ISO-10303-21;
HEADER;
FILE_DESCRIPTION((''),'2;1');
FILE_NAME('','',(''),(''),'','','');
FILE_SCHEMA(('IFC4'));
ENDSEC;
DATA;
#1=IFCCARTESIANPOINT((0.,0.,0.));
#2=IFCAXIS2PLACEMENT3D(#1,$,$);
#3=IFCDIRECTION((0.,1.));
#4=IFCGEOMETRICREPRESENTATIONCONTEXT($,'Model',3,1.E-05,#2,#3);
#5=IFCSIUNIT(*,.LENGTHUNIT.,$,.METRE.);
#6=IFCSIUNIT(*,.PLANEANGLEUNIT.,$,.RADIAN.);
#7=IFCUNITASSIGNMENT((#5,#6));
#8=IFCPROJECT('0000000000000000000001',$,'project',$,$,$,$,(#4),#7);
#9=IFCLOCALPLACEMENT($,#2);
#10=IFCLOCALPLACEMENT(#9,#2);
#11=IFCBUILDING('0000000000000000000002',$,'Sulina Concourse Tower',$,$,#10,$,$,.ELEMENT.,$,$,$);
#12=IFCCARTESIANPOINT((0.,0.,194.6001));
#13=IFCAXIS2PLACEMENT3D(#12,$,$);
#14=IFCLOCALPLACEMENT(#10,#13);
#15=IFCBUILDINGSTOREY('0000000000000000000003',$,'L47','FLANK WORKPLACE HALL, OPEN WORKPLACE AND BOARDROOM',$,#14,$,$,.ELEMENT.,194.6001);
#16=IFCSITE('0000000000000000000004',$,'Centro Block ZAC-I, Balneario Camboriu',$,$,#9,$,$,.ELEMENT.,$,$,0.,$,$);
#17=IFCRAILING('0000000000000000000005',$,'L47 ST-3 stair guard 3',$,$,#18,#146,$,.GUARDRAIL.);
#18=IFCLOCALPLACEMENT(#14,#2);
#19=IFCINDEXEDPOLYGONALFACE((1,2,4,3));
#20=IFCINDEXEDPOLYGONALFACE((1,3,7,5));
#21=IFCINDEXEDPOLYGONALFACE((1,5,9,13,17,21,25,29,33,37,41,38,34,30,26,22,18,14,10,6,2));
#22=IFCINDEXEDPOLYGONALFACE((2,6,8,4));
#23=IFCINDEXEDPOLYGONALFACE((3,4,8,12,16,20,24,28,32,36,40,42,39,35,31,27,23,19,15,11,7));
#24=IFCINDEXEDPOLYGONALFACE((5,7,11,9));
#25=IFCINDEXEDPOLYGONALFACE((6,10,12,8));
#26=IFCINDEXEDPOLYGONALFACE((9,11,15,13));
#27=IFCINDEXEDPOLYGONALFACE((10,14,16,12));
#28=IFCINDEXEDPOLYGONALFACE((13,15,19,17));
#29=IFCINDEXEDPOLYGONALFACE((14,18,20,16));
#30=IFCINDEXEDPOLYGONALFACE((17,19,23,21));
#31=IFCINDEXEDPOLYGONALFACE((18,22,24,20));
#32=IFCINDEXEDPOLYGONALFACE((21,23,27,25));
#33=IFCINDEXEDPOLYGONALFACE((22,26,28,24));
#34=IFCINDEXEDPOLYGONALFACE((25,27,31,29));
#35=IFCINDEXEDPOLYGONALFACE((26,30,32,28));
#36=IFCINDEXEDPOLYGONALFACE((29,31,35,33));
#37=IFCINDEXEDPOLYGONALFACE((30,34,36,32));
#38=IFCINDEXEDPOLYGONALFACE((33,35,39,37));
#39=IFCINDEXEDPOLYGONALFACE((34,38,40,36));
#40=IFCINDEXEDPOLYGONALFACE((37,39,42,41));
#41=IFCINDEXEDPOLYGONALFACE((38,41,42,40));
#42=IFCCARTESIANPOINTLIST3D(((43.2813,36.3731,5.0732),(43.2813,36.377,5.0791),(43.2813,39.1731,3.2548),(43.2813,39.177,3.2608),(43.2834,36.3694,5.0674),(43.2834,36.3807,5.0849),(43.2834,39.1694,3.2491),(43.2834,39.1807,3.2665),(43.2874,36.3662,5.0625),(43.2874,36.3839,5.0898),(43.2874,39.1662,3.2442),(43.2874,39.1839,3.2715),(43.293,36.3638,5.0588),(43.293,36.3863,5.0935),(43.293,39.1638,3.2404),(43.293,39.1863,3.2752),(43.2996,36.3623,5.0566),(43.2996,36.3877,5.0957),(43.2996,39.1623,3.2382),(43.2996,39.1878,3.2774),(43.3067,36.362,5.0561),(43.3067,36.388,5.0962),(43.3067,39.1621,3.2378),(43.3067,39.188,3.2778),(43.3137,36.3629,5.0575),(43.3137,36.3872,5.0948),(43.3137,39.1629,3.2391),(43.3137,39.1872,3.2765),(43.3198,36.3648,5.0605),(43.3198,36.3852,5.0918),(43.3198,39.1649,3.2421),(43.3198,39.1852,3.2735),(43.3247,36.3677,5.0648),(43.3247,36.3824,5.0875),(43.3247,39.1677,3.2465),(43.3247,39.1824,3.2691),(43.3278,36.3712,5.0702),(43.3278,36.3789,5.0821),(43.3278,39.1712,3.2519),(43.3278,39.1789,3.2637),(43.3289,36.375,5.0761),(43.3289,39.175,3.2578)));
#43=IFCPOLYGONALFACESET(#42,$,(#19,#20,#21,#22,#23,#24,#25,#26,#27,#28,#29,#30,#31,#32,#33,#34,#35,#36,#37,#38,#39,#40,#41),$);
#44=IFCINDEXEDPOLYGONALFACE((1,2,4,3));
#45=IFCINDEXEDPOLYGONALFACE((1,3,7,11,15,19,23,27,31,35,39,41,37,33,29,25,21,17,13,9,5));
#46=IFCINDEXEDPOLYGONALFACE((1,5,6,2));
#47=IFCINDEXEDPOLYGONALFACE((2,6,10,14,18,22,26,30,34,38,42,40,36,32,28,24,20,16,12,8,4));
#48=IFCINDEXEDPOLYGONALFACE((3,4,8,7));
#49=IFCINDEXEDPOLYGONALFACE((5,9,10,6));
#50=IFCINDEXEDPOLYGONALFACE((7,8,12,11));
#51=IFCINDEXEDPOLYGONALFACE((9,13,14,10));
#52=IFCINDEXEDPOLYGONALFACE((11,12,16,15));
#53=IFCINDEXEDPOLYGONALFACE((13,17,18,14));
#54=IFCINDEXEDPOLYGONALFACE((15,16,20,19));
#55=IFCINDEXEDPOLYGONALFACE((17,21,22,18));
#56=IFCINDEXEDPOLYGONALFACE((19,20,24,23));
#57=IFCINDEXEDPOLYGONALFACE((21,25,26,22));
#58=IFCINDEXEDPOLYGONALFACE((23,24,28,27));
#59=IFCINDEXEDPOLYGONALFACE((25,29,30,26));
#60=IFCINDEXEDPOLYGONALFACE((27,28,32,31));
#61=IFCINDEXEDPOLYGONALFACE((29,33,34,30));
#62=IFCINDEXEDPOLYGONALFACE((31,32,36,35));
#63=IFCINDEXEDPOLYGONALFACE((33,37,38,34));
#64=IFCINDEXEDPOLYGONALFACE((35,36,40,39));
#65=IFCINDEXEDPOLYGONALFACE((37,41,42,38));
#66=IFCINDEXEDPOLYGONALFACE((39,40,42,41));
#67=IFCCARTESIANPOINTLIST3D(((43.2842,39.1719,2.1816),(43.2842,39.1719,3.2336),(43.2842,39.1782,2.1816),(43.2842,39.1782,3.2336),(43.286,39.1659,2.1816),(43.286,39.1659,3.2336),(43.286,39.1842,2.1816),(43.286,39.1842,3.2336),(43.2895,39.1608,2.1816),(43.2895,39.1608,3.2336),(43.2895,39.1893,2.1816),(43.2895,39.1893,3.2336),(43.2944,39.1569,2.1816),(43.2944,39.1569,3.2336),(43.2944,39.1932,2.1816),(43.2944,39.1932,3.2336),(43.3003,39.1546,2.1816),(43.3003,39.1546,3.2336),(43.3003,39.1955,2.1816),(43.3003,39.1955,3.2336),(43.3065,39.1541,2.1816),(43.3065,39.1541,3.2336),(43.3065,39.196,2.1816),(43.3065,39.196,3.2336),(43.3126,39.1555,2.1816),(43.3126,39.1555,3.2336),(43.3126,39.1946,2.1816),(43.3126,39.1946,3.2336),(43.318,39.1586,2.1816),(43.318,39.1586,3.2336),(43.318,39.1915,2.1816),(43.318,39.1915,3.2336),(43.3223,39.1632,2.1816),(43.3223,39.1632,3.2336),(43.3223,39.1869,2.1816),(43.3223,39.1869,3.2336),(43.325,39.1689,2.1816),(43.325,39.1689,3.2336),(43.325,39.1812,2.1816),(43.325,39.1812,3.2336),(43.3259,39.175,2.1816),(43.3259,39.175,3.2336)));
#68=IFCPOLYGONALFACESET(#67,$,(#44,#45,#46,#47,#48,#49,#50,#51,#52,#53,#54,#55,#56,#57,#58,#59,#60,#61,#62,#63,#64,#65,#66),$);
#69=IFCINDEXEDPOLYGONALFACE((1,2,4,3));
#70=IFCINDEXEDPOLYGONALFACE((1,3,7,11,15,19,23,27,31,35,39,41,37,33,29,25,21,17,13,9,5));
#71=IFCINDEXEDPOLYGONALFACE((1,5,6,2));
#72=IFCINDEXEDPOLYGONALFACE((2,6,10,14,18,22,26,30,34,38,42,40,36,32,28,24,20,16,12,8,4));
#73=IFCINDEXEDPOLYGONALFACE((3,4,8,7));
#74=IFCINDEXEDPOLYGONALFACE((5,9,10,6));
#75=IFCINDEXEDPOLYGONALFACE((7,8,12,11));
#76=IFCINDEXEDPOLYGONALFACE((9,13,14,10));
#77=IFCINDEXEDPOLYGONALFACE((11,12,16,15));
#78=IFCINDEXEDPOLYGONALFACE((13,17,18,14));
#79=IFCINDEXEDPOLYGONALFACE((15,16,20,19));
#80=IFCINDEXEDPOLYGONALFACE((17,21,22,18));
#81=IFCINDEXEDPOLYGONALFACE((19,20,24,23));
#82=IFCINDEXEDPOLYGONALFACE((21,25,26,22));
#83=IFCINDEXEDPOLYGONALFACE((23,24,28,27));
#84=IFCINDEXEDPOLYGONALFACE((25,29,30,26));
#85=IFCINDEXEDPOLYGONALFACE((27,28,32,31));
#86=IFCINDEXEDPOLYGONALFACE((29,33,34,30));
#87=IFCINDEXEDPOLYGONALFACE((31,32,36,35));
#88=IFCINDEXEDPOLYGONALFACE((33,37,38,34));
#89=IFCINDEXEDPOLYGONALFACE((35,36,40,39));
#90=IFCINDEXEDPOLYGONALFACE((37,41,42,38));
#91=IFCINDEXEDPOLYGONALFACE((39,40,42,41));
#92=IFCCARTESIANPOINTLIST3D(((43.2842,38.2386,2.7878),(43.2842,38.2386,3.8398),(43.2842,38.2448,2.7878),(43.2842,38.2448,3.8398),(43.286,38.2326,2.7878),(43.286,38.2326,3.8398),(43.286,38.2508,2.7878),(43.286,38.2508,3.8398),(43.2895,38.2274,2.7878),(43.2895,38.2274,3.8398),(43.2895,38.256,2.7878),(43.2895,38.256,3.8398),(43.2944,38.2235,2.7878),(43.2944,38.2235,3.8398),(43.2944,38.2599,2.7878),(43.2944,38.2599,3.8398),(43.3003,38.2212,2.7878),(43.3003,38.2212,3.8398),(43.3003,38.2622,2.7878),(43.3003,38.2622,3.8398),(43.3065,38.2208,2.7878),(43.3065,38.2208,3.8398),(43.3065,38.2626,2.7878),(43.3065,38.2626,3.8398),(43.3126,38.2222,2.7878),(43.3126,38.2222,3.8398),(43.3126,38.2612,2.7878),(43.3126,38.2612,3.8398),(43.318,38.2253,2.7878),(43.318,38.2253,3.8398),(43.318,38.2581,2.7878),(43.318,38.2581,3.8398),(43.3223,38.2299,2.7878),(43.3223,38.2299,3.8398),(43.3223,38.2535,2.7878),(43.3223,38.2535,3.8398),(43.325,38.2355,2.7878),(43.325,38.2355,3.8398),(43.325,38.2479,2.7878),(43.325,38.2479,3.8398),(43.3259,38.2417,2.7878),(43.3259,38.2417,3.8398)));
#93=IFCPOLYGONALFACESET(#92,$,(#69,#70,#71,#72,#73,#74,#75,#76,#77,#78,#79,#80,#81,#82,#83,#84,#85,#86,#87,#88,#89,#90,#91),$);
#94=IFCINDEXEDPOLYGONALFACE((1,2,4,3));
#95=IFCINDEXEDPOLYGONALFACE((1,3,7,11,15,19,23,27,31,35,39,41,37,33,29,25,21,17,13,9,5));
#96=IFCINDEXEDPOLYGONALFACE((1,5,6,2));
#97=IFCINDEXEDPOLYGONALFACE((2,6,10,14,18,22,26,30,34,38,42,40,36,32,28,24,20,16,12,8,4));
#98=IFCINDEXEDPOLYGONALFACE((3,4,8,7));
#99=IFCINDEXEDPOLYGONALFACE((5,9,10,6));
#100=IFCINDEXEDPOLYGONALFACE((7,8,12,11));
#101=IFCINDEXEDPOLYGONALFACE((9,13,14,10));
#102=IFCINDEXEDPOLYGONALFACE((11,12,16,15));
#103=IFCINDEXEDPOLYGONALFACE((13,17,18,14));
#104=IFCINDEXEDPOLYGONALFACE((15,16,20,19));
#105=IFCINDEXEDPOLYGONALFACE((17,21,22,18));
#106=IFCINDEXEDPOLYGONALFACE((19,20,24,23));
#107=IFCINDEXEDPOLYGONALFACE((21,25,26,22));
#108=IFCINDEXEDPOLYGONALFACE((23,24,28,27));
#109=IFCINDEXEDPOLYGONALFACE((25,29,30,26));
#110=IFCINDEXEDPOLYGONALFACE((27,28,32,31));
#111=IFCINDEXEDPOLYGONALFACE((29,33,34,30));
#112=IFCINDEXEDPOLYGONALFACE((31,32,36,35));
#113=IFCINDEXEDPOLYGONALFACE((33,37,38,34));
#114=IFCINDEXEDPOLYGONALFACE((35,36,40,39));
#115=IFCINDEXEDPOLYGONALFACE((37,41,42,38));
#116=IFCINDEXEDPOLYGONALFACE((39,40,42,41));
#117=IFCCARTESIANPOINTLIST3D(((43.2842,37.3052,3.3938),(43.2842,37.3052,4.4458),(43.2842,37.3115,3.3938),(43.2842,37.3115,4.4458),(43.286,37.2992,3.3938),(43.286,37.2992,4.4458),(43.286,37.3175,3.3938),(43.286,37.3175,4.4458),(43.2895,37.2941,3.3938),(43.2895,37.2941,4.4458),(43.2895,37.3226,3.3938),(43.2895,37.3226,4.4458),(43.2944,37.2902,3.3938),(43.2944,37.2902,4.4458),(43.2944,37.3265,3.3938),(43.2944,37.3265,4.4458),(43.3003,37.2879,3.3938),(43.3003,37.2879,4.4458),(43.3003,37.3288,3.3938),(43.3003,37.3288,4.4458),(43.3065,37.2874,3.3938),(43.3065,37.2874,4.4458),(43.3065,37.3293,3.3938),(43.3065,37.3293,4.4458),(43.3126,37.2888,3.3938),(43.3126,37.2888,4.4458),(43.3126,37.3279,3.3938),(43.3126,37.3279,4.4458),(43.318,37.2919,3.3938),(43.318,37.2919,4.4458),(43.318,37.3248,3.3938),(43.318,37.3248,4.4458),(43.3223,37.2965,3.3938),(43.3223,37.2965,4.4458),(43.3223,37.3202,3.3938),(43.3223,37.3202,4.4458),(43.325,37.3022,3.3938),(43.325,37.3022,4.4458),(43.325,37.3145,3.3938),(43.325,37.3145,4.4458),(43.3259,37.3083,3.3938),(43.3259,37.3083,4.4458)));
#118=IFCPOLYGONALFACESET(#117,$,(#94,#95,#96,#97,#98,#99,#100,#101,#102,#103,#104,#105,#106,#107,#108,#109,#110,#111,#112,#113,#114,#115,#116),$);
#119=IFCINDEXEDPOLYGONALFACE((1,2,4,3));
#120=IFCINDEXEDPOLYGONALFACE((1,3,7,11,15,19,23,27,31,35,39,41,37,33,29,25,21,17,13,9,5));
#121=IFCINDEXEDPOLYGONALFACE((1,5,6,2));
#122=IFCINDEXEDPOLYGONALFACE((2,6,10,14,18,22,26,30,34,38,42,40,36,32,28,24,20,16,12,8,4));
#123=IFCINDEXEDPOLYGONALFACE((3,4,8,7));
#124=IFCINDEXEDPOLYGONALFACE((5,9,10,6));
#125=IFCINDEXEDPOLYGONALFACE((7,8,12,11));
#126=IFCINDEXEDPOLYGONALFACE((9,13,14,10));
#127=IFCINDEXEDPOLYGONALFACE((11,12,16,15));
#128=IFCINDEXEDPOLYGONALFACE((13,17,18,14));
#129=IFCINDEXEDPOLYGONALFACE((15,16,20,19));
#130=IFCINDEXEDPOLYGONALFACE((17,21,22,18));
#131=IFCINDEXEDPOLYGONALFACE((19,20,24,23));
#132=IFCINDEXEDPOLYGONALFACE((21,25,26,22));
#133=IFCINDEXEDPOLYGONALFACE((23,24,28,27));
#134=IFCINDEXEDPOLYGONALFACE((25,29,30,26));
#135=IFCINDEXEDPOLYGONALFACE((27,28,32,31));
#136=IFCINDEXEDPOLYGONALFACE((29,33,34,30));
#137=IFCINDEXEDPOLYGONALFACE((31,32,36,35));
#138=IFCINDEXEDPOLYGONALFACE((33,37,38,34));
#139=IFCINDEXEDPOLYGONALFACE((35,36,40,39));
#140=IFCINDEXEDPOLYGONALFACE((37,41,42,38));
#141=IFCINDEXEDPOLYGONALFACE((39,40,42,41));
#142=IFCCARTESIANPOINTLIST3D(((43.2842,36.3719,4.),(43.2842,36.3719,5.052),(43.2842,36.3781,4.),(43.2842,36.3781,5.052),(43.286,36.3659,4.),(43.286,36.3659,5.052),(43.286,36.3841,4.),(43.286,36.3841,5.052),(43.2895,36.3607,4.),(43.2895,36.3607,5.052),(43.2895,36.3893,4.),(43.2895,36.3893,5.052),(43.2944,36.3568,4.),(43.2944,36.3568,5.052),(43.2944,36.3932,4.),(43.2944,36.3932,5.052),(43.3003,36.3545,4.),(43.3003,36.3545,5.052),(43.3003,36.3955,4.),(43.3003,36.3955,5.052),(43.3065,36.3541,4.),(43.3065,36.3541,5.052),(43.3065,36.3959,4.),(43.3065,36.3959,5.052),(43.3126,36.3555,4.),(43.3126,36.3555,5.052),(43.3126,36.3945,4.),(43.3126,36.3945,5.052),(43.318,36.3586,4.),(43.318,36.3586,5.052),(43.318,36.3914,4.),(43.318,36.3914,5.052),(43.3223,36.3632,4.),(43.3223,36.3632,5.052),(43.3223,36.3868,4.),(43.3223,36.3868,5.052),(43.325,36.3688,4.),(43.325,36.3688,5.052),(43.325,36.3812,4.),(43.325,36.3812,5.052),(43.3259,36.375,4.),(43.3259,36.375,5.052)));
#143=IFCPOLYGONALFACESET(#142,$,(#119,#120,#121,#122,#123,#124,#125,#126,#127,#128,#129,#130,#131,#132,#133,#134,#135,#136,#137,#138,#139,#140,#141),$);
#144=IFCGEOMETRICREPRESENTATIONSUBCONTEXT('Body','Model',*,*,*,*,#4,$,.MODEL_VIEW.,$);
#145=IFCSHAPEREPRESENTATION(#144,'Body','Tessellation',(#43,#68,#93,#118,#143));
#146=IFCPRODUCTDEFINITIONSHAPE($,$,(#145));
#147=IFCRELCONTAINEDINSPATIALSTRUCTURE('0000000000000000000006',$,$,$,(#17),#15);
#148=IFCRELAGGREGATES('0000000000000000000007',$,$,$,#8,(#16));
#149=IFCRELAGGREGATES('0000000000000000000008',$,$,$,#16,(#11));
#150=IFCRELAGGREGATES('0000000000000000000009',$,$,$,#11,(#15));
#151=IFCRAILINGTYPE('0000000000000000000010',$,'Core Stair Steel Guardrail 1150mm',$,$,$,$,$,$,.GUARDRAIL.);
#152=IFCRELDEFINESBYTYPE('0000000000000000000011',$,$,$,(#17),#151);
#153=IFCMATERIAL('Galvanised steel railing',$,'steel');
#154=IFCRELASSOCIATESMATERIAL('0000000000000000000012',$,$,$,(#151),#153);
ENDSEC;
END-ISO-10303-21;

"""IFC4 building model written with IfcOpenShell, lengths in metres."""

from ifc_helpers import new_model, si_unit, direction, frame, origin, origin_2d, place, context, subcontext, project, spatial, circle, extrude, material, type_object, element, save


model = new_model("IFC4")

# Units and contexts
model_context = context("Model", 3, precision=1e-05, world=origin(), true_north=direction((0.0, 1.0)))
body_context = subcontext(model_context, "Body", "Model", "MODEL_VIEW")
ifc_project = project(units=[si_unit("LENGTHUNIT", "METRE"), si_unit("PLANEANGLEUNIT", "RADIAN")], contexts=[model_context])

# Site, building, storey
site_placement = place(None, origin())
site = spatial("IfcSite", under=ifc_project, at=site_placement, Name="Centro Block ZAC-I, Balneario Camboriu", CompositionType="ELEMENT", RefElevation=0.0)
building_placement = place(site_placement, origin())
building = spatial("IfcBuilding", under=site, at=building_placement, Name="Sulina Concourse Tower", CompositionType="ELEMENT")
storey_placement = place(building_placement, frame((0.0, 0.0, 194.6001)))
storey = spatial("IfcBuildingStorey", under=building, at=storey_placement, Name="L47", Description="FLANK WORKPLACE HALL, OPEN WORKPLACE AND BOARDROOM", CompositionType="ELEMENT", Elevation=194.6001)

# Railing
ifc_material_1 = material(Name="Galvanised steel railing", Category="steel")
railing_type_1 = type_object("IfcRailingType", Name="Core Stair Steel Guardrail 1150mm", PredefinedType="GUARDRAIL", material=ifc_material_1)
railing_1_placement = place(storey_placement, frame((43.3049, 39.175, 2.1816)))
element("IfcRailing", 1, at=railing_1_placement, inside=storey, type_object=railing_type_1, Name="L47 ST-3 stair guard 3", PredefinedType="GUARDRAIL", context=body_context, shape_type="SweptSolid", body=[
    extrude(circle(Radius=0.0239, at=origin_2d()), frame((0.0, 0.0, 1.0762), z_axis=(0.0, -0.838672, 0.544636), x_axis=(1.0, 0.0, 0.0)), (0.0, 0.0, 1.0), 3.3386),
    extrude(circle(Radius=0.021, at=origin_2d()), origin(), (0.0, 0.0, 1.0), 1.052),
    extrude(circle(Radius=0.021, at=origin_2d()), frame((0.0, -0.9333, 0.6062)), (0.0, 0.0, 1.0), 1.052),
    extrude(circle(Radius=0.021, at=origin_2d()), frame((0.0, -1.8667, 1.2122)), (0.0, 0.0, 1.0), 1.052),
    extrude(circle(Radius=0.021, at=origin_2d()), frame((0.0, -2.8, 1.8184)), (0.0, 0.0, 1.0), 1.052),
])

save(model, "model.ifc")
